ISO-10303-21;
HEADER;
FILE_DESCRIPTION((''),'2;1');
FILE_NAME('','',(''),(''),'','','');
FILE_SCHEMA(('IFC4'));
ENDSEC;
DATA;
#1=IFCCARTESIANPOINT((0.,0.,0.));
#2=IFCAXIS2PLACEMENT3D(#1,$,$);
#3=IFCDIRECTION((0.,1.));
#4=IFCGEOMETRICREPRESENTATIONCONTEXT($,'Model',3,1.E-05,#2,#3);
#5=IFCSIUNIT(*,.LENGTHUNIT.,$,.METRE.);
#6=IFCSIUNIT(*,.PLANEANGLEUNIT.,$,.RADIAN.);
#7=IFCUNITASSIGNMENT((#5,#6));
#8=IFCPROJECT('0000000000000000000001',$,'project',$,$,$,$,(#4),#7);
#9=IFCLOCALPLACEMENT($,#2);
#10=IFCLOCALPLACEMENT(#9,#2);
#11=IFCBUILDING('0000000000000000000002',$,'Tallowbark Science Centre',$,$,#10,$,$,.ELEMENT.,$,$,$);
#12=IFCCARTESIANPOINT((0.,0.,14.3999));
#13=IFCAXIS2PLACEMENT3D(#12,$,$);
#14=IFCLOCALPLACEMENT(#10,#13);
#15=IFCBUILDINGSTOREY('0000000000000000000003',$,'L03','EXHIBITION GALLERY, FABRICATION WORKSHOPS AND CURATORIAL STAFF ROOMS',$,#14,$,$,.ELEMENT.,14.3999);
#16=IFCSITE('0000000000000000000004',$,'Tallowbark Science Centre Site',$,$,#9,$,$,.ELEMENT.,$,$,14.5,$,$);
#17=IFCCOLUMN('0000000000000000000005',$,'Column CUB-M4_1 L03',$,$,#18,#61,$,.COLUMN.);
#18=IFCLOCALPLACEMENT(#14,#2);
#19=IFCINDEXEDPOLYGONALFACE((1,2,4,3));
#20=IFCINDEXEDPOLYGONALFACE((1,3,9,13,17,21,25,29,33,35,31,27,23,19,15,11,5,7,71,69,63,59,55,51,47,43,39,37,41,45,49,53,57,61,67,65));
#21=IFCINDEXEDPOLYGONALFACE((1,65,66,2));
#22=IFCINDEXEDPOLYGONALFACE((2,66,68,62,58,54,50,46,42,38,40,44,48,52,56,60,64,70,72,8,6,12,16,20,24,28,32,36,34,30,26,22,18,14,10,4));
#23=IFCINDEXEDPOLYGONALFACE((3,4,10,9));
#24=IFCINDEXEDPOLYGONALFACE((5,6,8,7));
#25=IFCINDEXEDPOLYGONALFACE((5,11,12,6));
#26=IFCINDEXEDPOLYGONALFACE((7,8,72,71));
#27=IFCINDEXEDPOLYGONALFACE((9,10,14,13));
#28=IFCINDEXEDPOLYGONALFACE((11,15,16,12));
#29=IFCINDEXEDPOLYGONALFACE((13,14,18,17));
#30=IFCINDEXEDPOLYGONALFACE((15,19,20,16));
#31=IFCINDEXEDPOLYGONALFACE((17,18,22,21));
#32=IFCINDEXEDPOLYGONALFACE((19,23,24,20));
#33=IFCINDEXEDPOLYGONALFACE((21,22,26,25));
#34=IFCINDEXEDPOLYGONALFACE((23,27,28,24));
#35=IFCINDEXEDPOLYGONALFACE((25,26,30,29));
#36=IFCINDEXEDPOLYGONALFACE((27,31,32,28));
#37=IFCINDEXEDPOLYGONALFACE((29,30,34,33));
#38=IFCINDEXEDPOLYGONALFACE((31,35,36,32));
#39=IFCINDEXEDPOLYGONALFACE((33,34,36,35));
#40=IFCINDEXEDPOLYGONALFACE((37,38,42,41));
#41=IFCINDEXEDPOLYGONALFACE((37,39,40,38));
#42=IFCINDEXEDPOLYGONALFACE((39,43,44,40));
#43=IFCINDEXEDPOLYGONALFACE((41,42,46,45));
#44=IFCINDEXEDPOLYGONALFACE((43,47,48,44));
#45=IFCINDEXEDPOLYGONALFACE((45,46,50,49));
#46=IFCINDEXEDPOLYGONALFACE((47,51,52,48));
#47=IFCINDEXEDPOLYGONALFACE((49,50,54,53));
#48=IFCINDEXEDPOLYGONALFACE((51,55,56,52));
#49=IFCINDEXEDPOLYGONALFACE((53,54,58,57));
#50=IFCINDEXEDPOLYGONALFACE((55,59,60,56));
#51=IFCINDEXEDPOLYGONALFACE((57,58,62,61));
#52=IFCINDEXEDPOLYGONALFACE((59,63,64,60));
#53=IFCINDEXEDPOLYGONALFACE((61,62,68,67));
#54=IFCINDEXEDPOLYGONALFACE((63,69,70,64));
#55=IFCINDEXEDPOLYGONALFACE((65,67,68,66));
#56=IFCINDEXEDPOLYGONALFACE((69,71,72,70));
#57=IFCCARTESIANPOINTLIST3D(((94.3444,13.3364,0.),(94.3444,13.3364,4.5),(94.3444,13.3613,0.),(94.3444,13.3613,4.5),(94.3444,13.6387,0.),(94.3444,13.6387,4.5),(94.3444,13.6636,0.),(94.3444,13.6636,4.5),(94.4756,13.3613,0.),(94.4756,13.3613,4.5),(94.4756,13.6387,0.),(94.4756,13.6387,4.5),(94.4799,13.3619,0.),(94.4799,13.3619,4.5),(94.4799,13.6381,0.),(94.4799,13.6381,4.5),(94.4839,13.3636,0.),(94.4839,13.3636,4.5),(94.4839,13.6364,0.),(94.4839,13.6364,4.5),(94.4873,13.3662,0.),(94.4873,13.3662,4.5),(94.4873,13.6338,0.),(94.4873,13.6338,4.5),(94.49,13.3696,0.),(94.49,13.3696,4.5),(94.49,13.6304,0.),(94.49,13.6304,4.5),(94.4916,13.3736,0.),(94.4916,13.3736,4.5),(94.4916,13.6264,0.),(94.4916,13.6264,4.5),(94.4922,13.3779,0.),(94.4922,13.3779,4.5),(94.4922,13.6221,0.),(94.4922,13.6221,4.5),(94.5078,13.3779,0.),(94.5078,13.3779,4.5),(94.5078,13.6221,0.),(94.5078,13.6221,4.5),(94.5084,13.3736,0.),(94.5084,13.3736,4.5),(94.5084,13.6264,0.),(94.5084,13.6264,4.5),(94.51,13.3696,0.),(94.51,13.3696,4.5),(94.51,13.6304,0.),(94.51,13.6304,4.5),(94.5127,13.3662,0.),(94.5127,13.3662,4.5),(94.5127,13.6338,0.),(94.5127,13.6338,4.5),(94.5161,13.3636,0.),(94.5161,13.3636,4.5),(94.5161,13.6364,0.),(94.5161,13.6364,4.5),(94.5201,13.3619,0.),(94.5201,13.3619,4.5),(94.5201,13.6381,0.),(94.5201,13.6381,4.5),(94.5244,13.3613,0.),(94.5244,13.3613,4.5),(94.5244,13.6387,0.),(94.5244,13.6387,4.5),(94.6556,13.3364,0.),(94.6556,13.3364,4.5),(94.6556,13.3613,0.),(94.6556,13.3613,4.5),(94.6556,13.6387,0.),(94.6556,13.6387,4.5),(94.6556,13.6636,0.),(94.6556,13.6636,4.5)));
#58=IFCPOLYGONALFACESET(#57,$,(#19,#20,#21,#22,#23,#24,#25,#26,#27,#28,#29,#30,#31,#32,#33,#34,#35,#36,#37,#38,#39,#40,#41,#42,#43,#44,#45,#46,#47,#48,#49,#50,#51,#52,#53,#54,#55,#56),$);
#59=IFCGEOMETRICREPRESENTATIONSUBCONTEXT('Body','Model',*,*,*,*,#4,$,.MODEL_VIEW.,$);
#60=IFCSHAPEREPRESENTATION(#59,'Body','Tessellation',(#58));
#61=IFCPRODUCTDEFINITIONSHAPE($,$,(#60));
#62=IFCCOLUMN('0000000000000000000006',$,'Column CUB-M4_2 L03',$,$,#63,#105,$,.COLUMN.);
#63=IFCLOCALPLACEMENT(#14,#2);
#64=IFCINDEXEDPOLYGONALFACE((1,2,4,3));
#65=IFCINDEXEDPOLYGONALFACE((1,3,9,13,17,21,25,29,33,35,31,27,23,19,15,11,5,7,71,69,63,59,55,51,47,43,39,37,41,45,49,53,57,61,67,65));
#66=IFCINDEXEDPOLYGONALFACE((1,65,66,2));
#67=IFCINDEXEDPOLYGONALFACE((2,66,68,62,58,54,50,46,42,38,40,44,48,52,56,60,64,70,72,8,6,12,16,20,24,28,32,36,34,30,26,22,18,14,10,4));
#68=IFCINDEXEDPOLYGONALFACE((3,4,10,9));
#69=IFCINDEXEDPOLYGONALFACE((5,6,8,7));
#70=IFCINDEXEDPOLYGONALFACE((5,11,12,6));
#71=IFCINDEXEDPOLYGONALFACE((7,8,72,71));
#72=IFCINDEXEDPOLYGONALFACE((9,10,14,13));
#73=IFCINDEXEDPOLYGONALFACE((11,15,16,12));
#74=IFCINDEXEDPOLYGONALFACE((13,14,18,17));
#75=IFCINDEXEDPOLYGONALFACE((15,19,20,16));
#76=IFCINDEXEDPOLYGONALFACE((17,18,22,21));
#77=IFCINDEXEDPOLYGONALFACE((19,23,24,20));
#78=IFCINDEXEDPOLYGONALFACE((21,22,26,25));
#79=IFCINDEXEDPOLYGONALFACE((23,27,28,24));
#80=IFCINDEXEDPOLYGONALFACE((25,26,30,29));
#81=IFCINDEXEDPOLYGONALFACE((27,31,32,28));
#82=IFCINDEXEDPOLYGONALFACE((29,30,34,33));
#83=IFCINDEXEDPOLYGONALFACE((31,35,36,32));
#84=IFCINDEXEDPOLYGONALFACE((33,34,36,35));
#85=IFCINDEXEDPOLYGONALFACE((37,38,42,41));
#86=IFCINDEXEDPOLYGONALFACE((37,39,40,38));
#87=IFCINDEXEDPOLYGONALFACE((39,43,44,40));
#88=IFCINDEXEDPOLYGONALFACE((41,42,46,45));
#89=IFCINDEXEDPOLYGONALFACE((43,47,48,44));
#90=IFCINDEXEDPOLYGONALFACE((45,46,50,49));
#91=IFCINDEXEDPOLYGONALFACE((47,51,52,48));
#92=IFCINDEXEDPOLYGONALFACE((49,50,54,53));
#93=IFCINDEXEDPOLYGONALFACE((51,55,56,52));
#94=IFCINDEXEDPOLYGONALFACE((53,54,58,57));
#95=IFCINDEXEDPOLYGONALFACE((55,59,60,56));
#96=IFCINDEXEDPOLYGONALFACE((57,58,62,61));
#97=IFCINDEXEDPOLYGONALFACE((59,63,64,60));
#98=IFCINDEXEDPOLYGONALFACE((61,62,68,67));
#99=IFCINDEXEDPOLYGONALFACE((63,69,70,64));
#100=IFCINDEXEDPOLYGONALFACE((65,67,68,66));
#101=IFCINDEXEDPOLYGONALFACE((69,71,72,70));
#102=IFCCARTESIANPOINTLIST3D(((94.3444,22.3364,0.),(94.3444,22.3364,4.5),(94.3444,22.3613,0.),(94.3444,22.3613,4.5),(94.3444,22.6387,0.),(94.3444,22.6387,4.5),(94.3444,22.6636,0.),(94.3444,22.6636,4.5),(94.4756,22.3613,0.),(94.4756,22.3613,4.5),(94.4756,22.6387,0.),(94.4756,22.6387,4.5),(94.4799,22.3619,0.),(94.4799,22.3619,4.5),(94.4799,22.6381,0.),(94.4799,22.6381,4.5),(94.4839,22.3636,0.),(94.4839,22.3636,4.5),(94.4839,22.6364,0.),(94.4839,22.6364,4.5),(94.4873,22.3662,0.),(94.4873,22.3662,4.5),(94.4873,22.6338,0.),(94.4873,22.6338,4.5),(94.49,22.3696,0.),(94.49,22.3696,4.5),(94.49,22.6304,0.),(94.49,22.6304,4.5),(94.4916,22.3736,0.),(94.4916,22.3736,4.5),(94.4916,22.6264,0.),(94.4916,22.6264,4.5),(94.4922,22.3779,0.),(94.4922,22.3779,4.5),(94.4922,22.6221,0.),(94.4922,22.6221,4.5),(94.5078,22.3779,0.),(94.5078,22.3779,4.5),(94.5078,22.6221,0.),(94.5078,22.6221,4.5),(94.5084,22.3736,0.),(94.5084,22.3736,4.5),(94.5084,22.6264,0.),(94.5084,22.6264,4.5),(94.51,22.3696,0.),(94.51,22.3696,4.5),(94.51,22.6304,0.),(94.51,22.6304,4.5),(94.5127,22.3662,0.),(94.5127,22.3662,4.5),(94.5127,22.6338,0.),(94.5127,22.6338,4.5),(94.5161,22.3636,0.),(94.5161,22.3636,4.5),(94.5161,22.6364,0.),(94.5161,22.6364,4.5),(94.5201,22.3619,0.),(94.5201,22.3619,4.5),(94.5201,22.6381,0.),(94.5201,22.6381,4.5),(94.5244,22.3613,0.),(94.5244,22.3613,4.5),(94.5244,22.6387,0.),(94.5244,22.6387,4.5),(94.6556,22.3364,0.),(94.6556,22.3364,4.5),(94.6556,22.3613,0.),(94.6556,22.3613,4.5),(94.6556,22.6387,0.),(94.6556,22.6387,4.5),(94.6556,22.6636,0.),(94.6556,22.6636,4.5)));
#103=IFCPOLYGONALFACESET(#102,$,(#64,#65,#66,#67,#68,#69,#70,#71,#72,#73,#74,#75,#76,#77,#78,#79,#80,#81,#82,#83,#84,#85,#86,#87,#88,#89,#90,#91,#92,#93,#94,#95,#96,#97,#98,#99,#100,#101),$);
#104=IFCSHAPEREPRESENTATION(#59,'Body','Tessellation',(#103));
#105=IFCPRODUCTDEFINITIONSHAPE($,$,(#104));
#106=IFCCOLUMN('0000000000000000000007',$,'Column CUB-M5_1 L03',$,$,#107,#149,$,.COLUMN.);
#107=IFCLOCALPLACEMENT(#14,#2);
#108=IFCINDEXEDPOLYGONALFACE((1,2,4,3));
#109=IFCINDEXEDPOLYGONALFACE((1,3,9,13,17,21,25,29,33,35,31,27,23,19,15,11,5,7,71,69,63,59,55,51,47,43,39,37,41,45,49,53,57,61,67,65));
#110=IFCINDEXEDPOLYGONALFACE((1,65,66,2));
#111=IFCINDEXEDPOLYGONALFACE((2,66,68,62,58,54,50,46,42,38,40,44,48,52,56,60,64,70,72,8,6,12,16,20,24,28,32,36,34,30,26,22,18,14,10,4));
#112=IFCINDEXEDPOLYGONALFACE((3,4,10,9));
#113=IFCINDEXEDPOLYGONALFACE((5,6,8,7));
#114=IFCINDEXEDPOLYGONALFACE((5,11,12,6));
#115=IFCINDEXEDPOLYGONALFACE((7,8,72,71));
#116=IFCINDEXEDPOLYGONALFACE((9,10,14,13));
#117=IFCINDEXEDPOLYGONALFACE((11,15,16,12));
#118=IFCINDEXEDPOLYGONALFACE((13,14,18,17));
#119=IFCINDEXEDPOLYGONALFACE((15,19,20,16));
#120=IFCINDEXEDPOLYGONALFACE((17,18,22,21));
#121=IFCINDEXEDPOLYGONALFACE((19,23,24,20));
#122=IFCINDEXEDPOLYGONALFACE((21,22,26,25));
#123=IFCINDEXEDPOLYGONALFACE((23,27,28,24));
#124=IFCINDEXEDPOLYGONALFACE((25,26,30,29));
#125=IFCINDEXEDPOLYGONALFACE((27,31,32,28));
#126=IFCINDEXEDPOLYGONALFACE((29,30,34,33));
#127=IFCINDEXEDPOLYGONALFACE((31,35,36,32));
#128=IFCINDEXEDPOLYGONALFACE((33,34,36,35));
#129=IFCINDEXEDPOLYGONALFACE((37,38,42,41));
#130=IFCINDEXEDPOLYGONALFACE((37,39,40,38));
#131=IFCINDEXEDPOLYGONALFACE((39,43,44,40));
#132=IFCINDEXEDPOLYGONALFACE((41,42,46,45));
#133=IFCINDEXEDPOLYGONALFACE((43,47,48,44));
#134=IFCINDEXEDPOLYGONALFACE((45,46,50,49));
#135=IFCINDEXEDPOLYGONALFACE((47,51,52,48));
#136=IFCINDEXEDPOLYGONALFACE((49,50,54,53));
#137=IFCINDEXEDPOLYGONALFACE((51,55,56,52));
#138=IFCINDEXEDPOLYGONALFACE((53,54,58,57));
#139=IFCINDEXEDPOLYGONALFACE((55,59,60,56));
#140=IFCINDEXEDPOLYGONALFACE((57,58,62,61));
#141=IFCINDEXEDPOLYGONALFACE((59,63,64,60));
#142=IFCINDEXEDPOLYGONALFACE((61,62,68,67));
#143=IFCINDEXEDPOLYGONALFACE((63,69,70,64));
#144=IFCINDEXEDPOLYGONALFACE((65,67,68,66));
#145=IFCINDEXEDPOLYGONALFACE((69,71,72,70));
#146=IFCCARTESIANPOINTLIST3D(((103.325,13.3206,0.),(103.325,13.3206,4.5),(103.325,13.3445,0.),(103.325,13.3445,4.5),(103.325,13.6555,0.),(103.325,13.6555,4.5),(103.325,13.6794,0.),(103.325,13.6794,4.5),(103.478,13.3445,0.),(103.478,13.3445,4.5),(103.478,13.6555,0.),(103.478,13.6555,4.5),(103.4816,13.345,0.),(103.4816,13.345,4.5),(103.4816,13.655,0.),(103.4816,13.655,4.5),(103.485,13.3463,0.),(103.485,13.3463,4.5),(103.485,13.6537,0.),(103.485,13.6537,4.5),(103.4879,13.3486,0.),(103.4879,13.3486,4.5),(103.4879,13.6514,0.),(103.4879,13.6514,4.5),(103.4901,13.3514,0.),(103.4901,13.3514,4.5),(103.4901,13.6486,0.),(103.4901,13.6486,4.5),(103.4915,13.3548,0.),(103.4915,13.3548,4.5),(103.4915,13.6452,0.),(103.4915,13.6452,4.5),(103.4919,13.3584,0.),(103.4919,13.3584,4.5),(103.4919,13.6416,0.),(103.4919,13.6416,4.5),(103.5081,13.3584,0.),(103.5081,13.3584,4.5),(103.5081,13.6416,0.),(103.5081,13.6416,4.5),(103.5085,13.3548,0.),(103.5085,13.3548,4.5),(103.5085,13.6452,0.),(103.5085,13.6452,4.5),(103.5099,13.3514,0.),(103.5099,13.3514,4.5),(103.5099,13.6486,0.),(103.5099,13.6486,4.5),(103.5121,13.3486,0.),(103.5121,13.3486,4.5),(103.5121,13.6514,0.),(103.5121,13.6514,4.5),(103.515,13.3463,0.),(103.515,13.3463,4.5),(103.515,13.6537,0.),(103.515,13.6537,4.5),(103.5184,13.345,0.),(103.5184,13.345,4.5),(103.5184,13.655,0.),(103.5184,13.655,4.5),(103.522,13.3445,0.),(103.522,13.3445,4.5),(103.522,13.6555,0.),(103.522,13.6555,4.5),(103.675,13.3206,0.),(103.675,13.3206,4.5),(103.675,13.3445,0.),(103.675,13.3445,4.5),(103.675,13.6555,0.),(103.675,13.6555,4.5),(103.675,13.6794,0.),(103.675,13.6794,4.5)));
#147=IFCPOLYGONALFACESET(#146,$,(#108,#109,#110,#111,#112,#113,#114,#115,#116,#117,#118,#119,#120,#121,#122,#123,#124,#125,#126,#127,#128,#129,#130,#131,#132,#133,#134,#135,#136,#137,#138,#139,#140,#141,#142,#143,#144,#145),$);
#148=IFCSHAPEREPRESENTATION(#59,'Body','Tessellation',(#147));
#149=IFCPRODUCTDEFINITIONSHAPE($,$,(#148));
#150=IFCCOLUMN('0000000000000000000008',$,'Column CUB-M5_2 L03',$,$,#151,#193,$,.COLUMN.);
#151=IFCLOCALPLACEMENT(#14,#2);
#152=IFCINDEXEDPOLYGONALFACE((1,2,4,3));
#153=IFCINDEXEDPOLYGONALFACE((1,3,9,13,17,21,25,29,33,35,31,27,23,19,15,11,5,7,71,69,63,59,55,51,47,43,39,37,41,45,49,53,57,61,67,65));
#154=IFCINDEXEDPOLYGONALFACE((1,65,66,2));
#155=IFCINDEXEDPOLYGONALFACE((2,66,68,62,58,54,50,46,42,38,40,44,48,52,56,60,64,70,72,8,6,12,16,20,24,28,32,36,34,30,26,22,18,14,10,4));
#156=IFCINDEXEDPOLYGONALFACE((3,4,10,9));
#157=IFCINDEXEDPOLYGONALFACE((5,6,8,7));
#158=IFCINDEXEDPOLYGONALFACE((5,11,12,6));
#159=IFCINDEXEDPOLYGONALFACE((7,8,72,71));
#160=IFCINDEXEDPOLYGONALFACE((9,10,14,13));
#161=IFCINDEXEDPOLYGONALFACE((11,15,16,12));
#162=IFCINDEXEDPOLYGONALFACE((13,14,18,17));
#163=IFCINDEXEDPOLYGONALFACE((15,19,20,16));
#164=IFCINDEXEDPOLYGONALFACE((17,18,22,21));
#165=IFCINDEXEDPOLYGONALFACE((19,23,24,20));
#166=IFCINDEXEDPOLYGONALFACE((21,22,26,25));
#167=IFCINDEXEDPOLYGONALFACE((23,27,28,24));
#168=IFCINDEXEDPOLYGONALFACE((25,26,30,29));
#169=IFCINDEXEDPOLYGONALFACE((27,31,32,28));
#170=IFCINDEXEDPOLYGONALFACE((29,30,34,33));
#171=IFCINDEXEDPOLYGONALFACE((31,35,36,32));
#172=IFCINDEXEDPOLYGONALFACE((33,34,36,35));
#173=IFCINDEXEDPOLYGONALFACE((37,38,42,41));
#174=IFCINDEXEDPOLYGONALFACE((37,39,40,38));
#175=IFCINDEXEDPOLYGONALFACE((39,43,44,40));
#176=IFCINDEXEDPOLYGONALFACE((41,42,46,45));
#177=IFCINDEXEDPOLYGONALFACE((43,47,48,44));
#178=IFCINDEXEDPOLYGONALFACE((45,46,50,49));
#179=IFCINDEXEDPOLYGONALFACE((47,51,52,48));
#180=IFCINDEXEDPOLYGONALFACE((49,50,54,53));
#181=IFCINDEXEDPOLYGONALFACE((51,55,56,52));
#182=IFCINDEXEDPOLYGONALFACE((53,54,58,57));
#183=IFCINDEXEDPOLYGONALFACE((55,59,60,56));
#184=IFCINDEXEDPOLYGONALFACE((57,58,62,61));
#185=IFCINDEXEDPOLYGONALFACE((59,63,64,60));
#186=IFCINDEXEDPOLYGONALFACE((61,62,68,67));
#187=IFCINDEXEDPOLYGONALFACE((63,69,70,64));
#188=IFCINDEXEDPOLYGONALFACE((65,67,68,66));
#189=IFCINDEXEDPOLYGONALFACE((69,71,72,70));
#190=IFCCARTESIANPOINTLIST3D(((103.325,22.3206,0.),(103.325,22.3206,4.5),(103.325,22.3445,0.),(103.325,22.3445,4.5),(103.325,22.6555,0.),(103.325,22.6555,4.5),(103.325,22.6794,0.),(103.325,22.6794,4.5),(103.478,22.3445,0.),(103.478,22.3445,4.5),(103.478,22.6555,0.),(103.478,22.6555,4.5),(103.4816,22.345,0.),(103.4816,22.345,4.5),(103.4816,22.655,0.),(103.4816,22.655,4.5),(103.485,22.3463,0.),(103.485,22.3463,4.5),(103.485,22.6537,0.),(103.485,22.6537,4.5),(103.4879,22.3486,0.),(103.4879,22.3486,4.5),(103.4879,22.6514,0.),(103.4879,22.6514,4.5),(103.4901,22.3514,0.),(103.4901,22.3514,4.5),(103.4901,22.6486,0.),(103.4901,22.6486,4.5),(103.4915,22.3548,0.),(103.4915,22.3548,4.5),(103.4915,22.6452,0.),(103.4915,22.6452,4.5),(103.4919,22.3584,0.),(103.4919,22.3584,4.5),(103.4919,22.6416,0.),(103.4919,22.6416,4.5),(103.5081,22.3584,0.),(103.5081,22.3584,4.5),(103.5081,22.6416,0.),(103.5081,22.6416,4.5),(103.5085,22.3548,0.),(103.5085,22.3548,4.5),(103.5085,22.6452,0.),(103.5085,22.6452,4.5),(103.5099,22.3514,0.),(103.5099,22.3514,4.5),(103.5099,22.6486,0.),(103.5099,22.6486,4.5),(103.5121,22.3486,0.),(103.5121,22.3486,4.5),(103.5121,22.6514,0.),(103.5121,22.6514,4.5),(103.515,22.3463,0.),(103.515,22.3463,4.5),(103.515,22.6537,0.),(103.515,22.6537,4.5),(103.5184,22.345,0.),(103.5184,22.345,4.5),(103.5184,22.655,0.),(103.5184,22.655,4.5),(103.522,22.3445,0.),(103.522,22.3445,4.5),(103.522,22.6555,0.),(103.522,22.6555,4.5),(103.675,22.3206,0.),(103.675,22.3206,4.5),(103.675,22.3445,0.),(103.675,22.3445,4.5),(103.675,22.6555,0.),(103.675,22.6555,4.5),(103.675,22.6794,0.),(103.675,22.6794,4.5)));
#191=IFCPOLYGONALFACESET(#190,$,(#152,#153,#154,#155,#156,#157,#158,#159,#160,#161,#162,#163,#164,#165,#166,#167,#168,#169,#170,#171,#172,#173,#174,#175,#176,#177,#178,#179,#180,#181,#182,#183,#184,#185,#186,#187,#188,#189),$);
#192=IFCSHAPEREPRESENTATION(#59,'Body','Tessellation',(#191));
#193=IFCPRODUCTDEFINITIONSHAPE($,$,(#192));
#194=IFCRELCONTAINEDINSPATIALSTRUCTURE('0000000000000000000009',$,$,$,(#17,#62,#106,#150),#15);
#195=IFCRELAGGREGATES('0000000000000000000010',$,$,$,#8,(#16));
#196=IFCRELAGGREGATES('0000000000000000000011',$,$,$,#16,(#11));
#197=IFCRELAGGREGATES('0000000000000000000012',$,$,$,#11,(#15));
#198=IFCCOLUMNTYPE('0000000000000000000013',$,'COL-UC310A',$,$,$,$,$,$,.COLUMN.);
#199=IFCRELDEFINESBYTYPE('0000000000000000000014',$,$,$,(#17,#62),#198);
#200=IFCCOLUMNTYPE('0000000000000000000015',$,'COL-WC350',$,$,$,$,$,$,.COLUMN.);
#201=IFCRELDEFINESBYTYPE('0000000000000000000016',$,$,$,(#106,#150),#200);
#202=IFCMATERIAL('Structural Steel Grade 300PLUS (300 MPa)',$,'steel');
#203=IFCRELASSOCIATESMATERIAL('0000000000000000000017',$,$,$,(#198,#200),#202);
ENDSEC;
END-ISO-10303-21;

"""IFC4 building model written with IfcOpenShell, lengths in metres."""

from ifc_helpers import new_model, si_unit, direction, frame, origin, origin_2d, place, context, subcontext, project, spatial, i_section, extrude, material, material_profile, profile_set, type_object, element, save


model = new_model("IFC4")

# Units and contexts
model_context = context("Model", 3, precision=1e-05, world=origin(), true_north=direction((0.0, 1.0)))
body_context = subcontext(model_context, "Body", "Model", "MODEL_VIEW")
ifc_project = project(units=[si_unit("LENGTHUNIT", "METRE"), si_unit("PLANEANGLEUNIT", "RADIAN")], contexts=[model_context])

# Site, building, storey
site_placement = place(None, origin())
site = spatial("IfcSite", under=ifc_project, at=site_placement, Name="Tallowbark Science Centre Site", CompositionType="ELEMENT", RefElevation=14.5)
building_placement = place(site_placement, origin())
building = spatial("IfcBuilding", under=site, at=building_placement, Name="Tallowbark Science Centre", CompositionType="ELEMENT")
storey_placement = place(building_placement, frame((0.0, 0.0, 14.3999)))
storey = spatial("IfcBuildingStorey", under=building, at=storey_placement, Name="L03", Description="EXHIBITION GALLERY, FABRICATION WORKSHOPS AND CURATORIAL STAFF ROOMS", CompositionType="ELEMENT", Elevation=14.3999)

# Columns
ifc_material_1 = material(Name="Structural Steel Grade 300PLUS (300 MPa)", Category="steel")
ifc_material_profile_1 = material_profile(ifc_material_1, i_section(OverallWidth=0.3113, OverallDepth=0.3271, WebThickness=0.0156, FlangeThickness=0.0249, FilletRadius=0.0166, at=origin_2d()), Name="310UC158")
ifc_profile_set_1 = profile_set([ifc_material_profile_1], Name="Structural Steel Grade 300PLUS (300 MPa)")
column_type_1 = type_object("IfcColumnType", Name="COL-UC310A", PredefinedType="COLUMN", material=ifc_profile_set_1)
for number, where, z_axis, x_axis, name in (
    (1, (94.5, 13.5, 0.0), (0.0, 0.0, 1.0), (1.0, 0.0, 0.0), "Column CUB-M4_1 L03"),
    (2, (94.5, 22.5, 0.0), (0.0, 0.0, 1.0), (1.0, 0.0, 0.0), "Column CUB-M4_2 L03"),
):
    element("IfcColumn", number, at=place(storey_placement, frame(where, z_axis=z_axis, x_axis=x_axis)), inside=storey, type_object=column_type_1, Name=name, PredefinedType="COLUMN", context=body_context, shape_type="SweptSolid", body=[
        extrude(i_section(OverallWidth=0.3113, OverallDepth=0.3271, WebThickness=0.0156, FlangeThickness=0.0249, FilletRadius=0.0166, at=origin_2d()), origin(), (0.0, 0.0, 1.0), 4.5),
    ])
ifc_material_profile_2 = material_profile(ifc_material_1, i_section(OverallWidth=0.3501, OverallDepth=0.3589, WebThickness=0.0161, FlangeThickness=0.0239, FilletRadius=0.0139, at=origin_2d()), Name="350WC197")
ifc_profile_set_2 = profile_set([ifc_material_profile_2], Name="Structural Steel Grade 300PLUS (300 MPa)")
column_type_2 = type_object("IfcColumnType", Name="COL-WC350", PredefinedType="COLUMN", material=ifc_profile_set_2)
for number, where, z_axis, x_axis, name in (
    (3, (103.5, 13.5, 0.0), (0.0, 0.0, 1.0), (1.0, 0.0, 0.0), "Column CUB-M5_1 L03"),
    (4, (103.5, 22.5, 0.0), (0.0, 0.0, 1.0), (1.0, 0.0, 0.0), "Column CUB-M5_2 L03"),
):
    element("IfcColumn", number, at=place(storey_placement, frame(where, z_axis=z_axis, x_axis=x_axis)), inside=storey, type_object=column_type_2, Name=name, PredefinedType="COLUMN", context=body_context, shape_type="SweptSolid", body=[
        extrude(i_section(OverallWidth=0.3501, OverallDepth=0.3589, WebThickness=0.0161, FlangeThickness=0.0239, FilletRadius=0.0139, at=origin_2d()), origin(), (0.0, 0.0, 1.0), 4.5),
    ])

save(model, "model.ifc")
